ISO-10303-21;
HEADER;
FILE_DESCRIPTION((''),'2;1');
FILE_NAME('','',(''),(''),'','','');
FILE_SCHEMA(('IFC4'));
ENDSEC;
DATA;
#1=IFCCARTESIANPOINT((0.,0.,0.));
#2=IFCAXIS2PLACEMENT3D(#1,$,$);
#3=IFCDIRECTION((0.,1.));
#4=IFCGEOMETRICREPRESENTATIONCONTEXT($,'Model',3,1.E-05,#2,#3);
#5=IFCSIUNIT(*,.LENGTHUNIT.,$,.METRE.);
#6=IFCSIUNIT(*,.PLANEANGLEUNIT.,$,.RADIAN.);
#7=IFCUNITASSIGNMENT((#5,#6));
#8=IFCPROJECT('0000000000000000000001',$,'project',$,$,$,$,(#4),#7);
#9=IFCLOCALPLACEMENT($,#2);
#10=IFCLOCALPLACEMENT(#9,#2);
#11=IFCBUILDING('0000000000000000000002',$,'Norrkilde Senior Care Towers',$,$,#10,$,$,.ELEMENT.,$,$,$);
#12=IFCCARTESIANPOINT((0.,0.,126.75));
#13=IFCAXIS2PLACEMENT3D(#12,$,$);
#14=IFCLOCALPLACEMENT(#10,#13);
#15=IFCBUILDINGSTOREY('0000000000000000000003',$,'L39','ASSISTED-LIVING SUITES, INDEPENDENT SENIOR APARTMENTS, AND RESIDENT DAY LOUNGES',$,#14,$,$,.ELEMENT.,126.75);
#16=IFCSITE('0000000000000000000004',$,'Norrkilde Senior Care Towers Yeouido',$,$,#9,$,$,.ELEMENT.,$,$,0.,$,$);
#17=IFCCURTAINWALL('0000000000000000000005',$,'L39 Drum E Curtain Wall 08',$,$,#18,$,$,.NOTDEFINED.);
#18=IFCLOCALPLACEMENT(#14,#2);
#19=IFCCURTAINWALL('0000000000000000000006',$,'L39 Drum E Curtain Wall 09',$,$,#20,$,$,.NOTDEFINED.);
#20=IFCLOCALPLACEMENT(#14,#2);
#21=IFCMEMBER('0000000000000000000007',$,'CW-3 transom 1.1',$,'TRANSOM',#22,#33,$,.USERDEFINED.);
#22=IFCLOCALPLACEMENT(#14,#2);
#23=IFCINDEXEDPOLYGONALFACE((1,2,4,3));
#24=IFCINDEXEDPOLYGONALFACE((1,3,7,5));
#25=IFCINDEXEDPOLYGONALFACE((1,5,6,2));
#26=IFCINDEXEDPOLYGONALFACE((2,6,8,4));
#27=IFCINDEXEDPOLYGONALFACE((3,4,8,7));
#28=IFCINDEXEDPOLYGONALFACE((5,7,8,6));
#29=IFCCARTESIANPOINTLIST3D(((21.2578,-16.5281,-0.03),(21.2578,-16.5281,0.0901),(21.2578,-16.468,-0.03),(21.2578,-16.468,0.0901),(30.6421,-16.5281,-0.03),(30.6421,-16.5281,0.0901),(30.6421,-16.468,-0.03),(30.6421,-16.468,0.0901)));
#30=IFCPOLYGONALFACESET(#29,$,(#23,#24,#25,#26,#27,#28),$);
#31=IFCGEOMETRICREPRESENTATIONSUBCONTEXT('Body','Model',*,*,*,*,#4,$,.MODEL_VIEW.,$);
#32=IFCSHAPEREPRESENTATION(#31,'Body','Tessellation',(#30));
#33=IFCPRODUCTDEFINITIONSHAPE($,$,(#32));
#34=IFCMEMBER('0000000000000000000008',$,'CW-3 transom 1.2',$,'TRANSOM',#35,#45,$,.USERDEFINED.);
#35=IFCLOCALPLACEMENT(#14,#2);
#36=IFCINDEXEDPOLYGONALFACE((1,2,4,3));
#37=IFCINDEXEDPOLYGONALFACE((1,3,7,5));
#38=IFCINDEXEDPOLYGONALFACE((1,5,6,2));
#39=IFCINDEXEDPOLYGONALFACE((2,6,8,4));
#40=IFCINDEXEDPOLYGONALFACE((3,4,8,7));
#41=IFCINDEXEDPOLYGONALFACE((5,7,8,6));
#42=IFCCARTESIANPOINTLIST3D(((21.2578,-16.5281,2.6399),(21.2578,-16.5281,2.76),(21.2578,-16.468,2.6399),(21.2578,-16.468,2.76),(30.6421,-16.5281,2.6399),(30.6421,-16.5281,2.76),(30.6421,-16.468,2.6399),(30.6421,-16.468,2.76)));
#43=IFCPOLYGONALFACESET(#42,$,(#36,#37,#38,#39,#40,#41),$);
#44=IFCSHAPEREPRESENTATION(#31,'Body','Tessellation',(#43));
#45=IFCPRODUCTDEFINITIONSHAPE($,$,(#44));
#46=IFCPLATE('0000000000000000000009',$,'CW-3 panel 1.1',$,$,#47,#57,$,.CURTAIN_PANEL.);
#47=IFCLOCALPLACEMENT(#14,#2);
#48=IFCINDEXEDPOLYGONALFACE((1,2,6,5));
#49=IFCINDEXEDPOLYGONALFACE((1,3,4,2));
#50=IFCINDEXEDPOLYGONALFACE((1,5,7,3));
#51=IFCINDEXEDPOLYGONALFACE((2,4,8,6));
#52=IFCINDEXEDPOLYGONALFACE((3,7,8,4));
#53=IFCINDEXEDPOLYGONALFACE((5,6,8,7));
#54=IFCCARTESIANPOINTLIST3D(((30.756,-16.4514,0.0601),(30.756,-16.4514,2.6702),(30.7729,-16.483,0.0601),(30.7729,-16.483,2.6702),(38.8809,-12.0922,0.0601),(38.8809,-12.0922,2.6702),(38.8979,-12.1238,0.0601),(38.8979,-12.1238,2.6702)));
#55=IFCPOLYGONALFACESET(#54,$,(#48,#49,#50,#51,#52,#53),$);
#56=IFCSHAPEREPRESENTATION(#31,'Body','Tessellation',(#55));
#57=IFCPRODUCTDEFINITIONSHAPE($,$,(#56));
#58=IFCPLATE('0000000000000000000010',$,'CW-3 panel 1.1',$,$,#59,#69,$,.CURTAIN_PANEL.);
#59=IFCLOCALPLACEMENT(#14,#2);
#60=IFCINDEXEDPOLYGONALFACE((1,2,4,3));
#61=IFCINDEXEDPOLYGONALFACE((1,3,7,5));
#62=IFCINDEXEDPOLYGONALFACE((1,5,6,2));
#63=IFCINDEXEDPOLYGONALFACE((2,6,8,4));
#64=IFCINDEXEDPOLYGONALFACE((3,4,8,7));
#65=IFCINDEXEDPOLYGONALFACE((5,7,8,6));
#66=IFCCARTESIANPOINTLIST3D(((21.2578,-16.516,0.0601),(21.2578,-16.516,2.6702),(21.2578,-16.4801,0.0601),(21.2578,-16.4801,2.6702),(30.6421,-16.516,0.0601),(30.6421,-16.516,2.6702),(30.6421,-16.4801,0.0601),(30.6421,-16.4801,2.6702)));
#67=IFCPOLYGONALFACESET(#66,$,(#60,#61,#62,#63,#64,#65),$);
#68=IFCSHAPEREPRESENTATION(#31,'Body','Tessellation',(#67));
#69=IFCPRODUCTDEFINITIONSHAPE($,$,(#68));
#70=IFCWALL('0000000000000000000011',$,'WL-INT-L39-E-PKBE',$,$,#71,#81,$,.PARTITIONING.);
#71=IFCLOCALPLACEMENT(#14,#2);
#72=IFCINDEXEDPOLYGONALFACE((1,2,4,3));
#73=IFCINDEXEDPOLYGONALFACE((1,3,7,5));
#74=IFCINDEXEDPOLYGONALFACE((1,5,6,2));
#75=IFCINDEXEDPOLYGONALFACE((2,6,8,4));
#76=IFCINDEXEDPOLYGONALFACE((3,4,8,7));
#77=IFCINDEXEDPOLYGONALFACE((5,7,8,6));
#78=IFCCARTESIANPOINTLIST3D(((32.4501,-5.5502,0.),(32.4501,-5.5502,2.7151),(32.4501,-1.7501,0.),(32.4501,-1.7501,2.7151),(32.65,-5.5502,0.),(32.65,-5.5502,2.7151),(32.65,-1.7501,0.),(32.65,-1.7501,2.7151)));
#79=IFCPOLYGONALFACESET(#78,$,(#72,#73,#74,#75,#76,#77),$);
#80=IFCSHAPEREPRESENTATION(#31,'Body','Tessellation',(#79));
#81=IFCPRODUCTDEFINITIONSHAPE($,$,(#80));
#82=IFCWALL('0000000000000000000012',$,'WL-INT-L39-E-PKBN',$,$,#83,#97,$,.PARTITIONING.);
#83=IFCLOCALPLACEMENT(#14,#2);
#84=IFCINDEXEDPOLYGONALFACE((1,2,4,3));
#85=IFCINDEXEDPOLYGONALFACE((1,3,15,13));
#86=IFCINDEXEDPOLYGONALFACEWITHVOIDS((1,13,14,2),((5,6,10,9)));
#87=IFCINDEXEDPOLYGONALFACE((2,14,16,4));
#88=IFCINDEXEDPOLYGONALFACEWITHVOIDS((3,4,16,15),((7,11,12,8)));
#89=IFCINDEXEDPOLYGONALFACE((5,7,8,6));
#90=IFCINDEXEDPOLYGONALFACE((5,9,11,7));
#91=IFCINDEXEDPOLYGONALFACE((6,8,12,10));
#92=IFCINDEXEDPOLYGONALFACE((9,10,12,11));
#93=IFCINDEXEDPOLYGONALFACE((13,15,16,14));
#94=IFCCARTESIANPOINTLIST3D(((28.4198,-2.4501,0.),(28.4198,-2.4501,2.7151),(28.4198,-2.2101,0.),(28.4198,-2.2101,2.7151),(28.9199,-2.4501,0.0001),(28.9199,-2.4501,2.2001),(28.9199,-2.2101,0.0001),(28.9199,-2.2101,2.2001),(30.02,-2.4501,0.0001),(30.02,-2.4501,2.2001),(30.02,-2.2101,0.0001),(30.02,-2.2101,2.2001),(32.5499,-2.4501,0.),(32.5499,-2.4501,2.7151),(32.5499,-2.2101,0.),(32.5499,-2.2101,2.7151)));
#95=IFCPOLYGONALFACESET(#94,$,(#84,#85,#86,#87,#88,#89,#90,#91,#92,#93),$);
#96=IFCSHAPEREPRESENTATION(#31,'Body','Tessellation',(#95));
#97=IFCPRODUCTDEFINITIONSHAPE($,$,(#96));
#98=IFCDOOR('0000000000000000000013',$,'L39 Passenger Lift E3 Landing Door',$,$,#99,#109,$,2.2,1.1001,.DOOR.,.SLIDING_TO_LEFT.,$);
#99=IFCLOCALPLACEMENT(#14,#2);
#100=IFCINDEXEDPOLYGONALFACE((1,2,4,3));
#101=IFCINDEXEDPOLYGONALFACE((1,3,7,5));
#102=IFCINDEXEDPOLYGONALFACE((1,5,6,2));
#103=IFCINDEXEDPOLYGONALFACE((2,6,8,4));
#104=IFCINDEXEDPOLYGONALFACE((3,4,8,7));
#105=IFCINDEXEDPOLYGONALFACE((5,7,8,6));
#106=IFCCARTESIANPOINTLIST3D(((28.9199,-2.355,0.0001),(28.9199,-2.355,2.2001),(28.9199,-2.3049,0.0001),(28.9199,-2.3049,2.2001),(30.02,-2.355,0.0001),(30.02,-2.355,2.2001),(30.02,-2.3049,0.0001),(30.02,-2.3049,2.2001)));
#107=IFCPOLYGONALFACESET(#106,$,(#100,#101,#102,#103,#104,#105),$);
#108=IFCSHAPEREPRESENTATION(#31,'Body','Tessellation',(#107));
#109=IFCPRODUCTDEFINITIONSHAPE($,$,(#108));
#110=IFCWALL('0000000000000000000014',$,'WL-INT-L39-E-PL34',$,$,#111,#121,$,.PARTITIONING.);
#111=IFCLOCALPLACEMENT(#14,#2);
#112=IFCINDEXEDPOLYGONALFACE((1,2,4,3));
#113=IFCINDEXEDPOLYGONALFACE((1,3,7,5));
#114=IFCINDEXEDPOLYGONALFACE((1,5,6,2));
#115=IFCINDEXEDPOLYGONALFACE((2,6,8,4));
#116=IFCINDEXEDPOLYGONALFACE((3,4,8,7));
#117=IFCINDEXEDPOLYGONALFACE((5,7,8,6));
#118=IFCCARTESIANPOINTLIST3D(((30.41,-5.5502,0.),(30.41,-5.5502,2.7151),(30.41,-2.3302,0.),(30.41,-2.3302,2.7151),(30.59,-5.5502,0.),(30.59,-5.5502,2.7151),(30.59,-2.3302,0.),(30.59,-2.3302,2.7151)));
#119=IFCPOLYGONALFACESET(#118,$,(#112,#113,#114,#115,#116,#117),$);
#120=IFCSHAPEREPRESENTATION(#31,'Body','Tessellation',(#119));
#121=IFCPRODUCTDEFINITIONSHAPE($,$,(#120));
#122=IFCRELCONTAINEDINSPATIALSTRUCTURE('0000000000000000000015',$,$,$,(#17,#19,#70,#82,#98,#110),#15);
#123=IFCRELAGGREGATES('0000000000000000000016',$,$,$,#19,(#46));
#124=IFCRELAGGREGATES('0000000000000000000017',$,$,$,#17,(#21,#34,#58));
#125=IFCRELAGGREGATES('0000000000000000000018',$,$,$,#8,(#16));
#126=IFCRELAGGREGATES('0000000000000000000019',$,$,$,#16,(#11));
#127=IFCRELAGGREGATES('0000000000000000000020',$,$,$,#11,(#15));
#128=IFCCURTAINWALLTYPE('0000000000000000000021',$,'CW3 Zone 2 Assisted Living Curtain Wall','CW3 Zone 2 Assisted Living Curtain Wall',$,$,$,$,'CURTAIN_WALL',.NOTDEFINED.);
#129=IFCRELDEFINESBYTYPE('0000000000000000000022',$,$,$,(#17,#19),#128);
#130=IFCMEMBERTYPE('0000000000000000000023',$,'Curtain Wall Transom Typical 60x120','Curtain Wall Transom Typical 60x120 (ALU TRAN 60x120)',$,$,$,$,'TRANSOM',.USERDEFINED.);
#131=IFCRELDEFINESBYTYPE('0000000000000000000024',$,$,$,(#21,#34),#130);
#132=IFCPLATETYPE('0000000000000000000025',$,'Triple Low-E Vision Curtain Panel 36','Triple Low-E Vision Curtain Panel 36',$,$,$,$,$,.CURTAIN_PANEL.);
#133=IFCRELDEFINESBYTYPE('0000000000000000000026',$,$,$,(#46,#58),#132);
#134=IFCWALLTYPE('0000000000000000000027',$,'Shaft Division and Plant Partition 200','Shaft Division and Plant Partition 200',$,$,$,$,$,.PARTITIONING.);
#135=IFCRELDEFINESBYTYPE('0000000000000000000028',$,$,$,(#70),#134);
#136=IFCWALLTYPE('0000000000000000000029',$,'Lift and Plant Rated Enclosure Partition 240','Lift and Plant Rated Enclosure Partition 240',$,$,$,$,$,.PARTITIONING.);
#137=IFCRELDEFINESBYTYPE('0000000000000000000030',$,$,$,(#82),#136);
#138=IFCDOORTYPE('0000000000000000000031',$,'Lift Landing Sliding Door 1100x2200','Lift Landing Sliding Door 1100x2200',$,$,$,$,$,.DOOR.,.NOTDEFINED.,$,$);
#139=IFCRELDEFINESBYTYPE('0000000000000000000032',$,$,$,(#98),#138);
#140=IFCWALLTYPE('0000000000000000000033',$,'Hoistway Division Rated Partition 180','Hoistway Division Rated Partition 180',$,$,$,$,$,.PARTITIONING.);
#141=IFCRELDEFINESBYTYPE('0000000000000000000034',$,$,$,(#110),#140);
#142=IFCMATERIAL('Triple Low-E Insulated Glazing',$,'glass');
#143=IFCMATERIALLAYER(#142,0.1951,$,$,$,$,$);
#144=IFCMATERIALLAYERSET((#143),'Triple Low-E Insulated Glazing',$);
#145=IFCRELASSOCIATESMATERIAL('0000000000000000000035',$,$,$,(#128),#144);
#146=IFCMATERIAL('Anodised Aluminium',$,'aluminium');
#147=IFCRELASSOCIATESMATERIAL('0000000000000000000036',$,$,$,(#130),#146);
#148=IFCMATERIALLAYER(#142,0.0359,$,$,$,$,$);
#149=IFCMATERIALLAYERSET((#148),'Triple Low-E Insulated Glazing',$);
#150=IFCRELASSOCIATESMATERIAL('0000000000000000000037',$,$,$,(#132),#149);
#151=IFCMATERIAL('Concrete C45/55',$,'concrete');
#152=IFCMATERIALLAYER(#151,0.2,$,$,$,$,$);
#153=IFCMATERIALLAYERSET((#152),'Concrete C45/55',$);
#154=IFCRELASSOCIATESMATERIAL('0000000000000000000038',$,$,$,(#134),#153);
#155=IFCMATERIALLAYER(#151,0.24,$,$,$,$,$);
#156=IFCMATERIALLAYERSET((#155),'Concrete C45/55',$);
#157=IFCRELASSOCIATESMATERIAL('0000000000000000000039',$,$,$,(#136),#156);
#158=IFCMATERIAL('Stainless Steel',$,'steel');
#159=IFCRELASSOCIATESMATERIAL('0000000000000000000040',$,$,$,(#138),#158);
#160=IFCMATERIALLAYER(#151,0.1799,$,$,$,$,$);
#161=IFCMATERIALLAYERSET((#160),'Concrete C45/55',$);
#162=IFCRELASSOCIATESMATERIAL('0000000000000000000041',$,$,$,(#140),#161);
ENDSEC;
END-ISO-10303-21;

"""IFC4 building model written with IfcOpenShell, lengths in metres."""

from ifc_helpers import new_model, si_unit, direction, frame, frame_2d, origin, origin_2d, place, context, subcontext, project, spatial, rectangle, extrude, source, transform, mapped, material, layer, layer_set, material_profile, profile_set, type_object, type_shapes, element, fill, aggregate, save


model = new_model("IFC4")

# Units and contexts
model_context = context("Model", 3, precision=1e-05, world=origin(), true_north=direction((0.0, 1.0)))
body_context = subcontext(model_context, "Body", "Model", "MODEL_VIEW")
ifc_project = project(units=[si_unit("LENGTHUNIT", "METRE"), si_unit("PLANEANGLEUNIT", "RADIAN")], contexts=[model_context])

# Site, building, storey
site_placement = place(None, origin())
site = spatial("IfcSite", under=ifc_project, at=site_placement, Name="Norrkilde Senior Care Towers Yeouido", CompositionType="ELEMENT", RefElevation=0.0)
building_placement = place(site_placement, origin())
building = spatial("IfcBuilding", under=site, at=building_placement, Name="Norrkilde Senior Care Towers", CompositionType="ELEMENT")
storey_placement = place(building_placement, frame((0.0, 0.0, 126.75)))
storey = spatial("IfcBuildingStorey", under=building, at=storey_placement, Name="L39", Description="ASSISTED-LIVING SUITES, INDEPENDENT SENIOR APARTMENTS, AND RESIDENT DAY LOUNGES", CompositionType="ELEMENT", Elevation=126.75)

# Curtain walls
ifc_material_1 = material(Name="Triple Low-E Insulated Glazing", Category="glass")
ifc_layer_1 = layer(ifc_material_1, 0.1951)
ifc_layer_set_1 = layer_set([ifc_layer_1], Name="Triple Low-E Insulated Glazing")
curtain_wall_type = type_object("IfcCurtainWallType", Name="CW3 Zone 2 Assisted Living Curtain Wall", Description="CW3 Zone 2 Assisted Living Curtain Wall", ElementType="CURTAIN_WALL", PredefinedType="NOTDEFINED", material=ifc_layer_set_1)
curtain_wall_1_placement = place(storey_placement, origin())
curtain_wall_1 = element("IfcCurtainWall", 1, at=curtain_wall_1_placement, inside=storey, type_object=curtain_wall_type, Name="L39 Drum E Curtain Wall 08", PredefinedType="NOTDEFINED")
ifc_material_2 = material(Name="Anodised Aluminium", Category="aluminium")
curtain_wall_2_placement = place(storey_placement, origin())
curtain_wall_2 = element("IfcCurtainWall", 2, at=curtain_wall_2_placement, inside=storey, type_object=curtain_wall_type, Name="L39 Drum E Curtain Wall 09", PredefinedType="NOTDEFINED")

# Members
ifc_material_profile_1 = material_profile(ifc_material_2, rectangle(XDim=0.0601, YDim=0.1201, at=origin_2d()), Name="ALU TRAN 60x120")
ifc_profile_set_1 = profile_set([ifc_material_profile_1], Name="Anodised Aluminium")
member_type_1 = type_object("IfcMemberType", Name="Curtain Wall Transom Typical 60x120", Description="Curtain Wall Transom Typical 60x120 (ALU TRAN 60x120)", ElementType="TRANSOM", PredefinedType="USERDEFINED", material=ifc_profile_set_1)
shared_shape_1 = source(origin(), body_context, "Body", "SweptSolid", [
    extrude(rectangle(XDim=0.0601, YDim=0.1201, at=origin_2d()), origin(), (0.0, 0.0, 1.0), 9.3843),
])
type_shapes(member_type_1, [shared_shape_1])
member_1_placement = place(storey_placement, frame((30.6421, -16.498, 0.03), z_axis=(-1.0, 0.0, 0.0), x_axis=(0.0, -1.0, 0.0)))
member_1 = element("IfcMember", 3, at=member_1_placement, type_object=member_type_1, Name="CW-3 transom 1.1", ObjectType="TRANSOM", PredefinedType="USERDEFINED", context=body_context, shape_type="MappedRepresentation", body=[
    mapped(shared_shape_1, transform((0.0, 0.0, 0.0), x_axis=(1.0, 0.0, 0.0), y_axis=(0.0, 1.0, 0.0), z_axis=(0.0, 0.0, 1.0), scale=1.0)),
])
member_2_placement = place(storey_placement, frame((30.6421, -16.498, 2.7), z_axis=(-1.0, 0.0, 0.0), x_axis=(0.0, -1.0, 0.0)))
member_2 = element("IfcMember", 4, at=member_2_placement, type_object=member_type_1, Name="CW-3 transom 1.2", ObjectType="TRANSOM", PredefinedType="USERDEFINED", context=body_context, shape_type="MappedRepresentation", body=[
    mapped(shared_shape_1, transform((0.0, 0.0, 0.0), x_axis=(1.0, 0.0, 0.0), y_axis=(0.0, 1.0, 0.0), z_axis=(0.0, 0.0, 1.0), scale=1.0)),
])

# Plates
ifc_layer_2 = layer(ifc_material_1, 0.0359)
ifc_layer_set_2 = layer_set([ifc_layer_2], Name="Triple Low-E Insulated Glazing")
plate_type = type_object("IfcPlateType", Name="Triple Low-E Vision Curtain Panel 36", Description="Triple Low-E Vision Curtain Panel 36", PredefinedType="CURTAIN_PANEL", material=ifc_layer_set_2)
shared_shape_2 = source(origin(), body_context, "Body", "SweptSolid", [
    extrude(rectangle(XDim=9.2205, YDim=0.0359, at=origin_2d()), origin(), (0.0, 0.0, 1.0), 2.6101),
])
plate_1_placement = place(storey_placement, frame((34.8269, -14.2876, 0.0601), z_axis=(0.0, 0.0, 1.0), x_axis=(-0.881186, -0.472769, 0.0)))
plate_1 = element("IfcPlate", 5, at=plate_1_placement, type_object=plate_type, Name="CW-3 panel 1.1", PredefinedType="CURTAIN_PANEL", context=body_context, shape_type="MappedRepresentation", body=[
    mapped(shared_shape_2, transform((0.0, 0.0, 0.0), x_axis=(1.0, 0.0, 0.0), y_axis=(0.0, 1.0, 0.0), z_axis=(0.0, 0.0, 1.0), scale=1.0)),
])
aggregate(curtain_wall_2, [plate_1])
shared_shape_3 = source(origin(), body_context, "Body", "SweptSolid", [
    extrude(rectangle(XDim=9.3843, YDim=0.0359, at=origin_2d()), origin(), (0.0, 0.0, 1.0), 2.6101),
])
type_shapes(plate_type, [shared_shape_2, shared_shape_3])
plate_2_placement = place(storey_placement, frame((25.95, -16.498, 0.0601), z_axis=(0.0, 0.0, 1.0), x_axis=(-1.0, 0.0, 0.0)))
plate_2 = element("IfcPlate", 6, at=plate_2_placement, type_object=plate_type, Name="CW-3 panel 1.1", PredefinedType="CURTAIN_PANEL", context=body_context, shape_type="MappedRepresentation", body=[
    mapped(shared_shape_3, transform((0.0, 0.0, 0.0), x_axis=(1.0, 0.0, 0.0), y_axis=(0.0, 1.0, 0.0), z_axis=(0.0, 0.0, 1.0), scale=1.0)),
])
aggregate(curtain_wall_1, [member_1, member_2, plate_2])

# Wall
ifc_material_3 = material(Name="Concrete C45/55", Category="concrete")
ifc_layer_3 = layer(ifc_material_3, 0.2)
ifc_layer_set_3 = layer_set([ifc_layer_3], Name="Concrete C45/55")
wall_type_1 = type_object("IfcWallType", Name="Shaft Division and Plant Partition 200", Description="Shaft Division and Plant Partition 200", PredefinedType="PARTITIONING", material=ifc_layer_set_3)
shared_shape_4 = source(origin(), body_context, "Body", "SweptSolid", [
    extrude(rectangle(XDim=3.8, YDim=0.2, at=frame_2d((1.8999, 0.0))), origin(), (0.0, 0.0, 1.0), 2.7151),
])
type_shapes(wall_type_1, [shared_shape_4])
wall_1_placement = place(storey_placement, frame((32.55, -5.55, 0.0), z_axis=(0.0, 0.0, 1.0), x_axis=(0.0, 1.0, 0.0)))
element("IfcWall", 7, at=wall_1_placement, inside=storey, type_object=wall_type_1, Name="WL-INT-L39-E-PKBE", PredefinedType="PARTITIONING", context=body_context, shape_type="MappedRepresentation", body=[
    mapped(shared_shape_4, transform((0.0, 0.0, 0.0), x_axis=(1.0, 0.0, 0.0), y_axis=(0.0, 1.0, 0.0), z_axis=(0.0, 0.0, 1.0), scale=1.0)),
])

# Wall, opening, door
ifc_layer_4 = layer(ifc_material_3, 0.24)
ifc_layer_set_4 = layer_set([ifc_layer_4], Name="Concrete C45/55")
wall_type_2 = type_object("IfcWallType", Name="Lift and Plant Rated Enclosure Partition 240", Description="Lift and Plant Rated Enclosure Partition 240", PredefinedType="PARTITIONING", material=ifc_layer_set_4)
shared_shape_5 = source(origin(), body_context, "Body", "SweptSolid", [
    extrude(rectangle(XDim=4.1301, YDim=0.24, at=frame_2d((2.0649, 0.0))), origin(), (0.0, 0.0, 1.0), 2.7151),
])
type_shapes(wall_type_2, [shared_shape_5])
wall_2_placement = place(storey_placement, frame((28.4199, -2.3301, 0.0), z_axis=(0.0, 0.0, 1.0), x_axis=(1.0, 0.0, 0.0)))
wall_2 = element("IfcWall", 8, at=wall_2_placement, inside=storey, type_object=wall_type_2, Name="WL-INT-L39-E-PKBN", PredefinedType="PARTITIONING", context=body_context, shape_type="MappedRepresentation", body=[
    mapped(shared_shape_5, transform((0.0, 0.0, 0.0), x_axis=(1.0, 0.0, 0.0), y_axis=(0.0, 1.0, 0.0), z_axis=(0.0, 0.0, 1.0), scale=1.0)),
])
opening_1_placement = place(wall_2_placement, frame((0.5, 0.0, 0.0)))
opening_1 = element("IfcOpeningElement", 9, at=opening_1_placement, cuts=wall_2, PredefinedType="OPENING", context=body_context, shape_type="SweptSolid", body=[
    extrude(rectangle(XDim=1.1001, YDim=2.2, at=frame_2d((0.55, 1.1001))), frame((0.0, 0.1299, 0.0), z_axis=(0.0, -1.0, 0.0), x_axis=(1.0, 0.0, 0.0)), (0.0, 0.0, 1.0), 0.26),
])
ifc_material_4 = material(Name="Stainless Steel", Category="steel")
door_type_1 = type_object("IfcDoorType", Name="Lift Landing Sliding Door 1100x2200", Description="Lift Landing Sliding Door 1100x2200", OperationType="NOTDEFINED", PredefinedType="DOOR", material=ifc_material_4)
shared_shape_6 = source(origin(), body_context, "Body", "SweptSolid", [
    extrude(rectangle(XDim=1.1001, YDim=2.2, at=frame_2d((0.55, 1.1001))), frame((0.0, 0.0249, 0.0), z_axis=(0.0, -1.0, 0.0), x_axis=(1.0, 0.0, 0.0)), (0.0, 0.0, 1.0), 0.05),
])
type_shapes(door_type_1, [shared_shape_6])
door_1_placement = place(opening_1_placement, frame((1.1001, 0.0, 0.0), z_axis=(0.0, 0.0, 1.0), x_axis=(-1.0, 0.0, 0.0)))
door_1 = element("IfcDoor", 10, at=door_1_placement, inside=storey, type_object=door_type_1, Name="L39 Passenger Lift E3 Landing Door", OperationType="SLIDING_TO_LEFT", OverallHeight=2.2, OverallWidth=1.1001, PredefinedType="DOOR", context=body_context, shape_type="MappedRepresentation", body=[
    mapped(shared_shape_6, transform((0.0, 0.0, 0.0), x_axis=(1.0, 0.0, 0.0), y_axis=(0.0, 1.0, 0.0), z_axis=(0.0, 0.0, 1.0), scale=1.0)),
])
fill(opening_1, door_1)

# Wall
ifc_layer_5 = layer(ifc_material_3, 0.1799)
ifc_layer_set_5 = layer_set([ifc_layer_5], Name="Concrete C45/55")
wall_type_3 = type_object("IfcWallType", Name="Hoistway Division Rated Partition 180", Description="Hoistway Division Rated Partition 180", PredefinedType="PARTITIONING", material=ifc_layer_set_5)
shared_shape_7 = source(origin(), body_context, "Body", "SweptSolid", [
    extrude(rectangle(XDim=3.22, YDim=0.1799, at=frame_2d((1.6099, 0.0))), origin(), (0.0, 0.0, 1.0), 2.7151),
])
type_shapes(wall_type_3, [shared_shape_7])
wall_3_placement = place(storey_placement, frame((30.5, -5.55, 0.0), z_axis=(0.0, 0.0, 1.0), x_axis=(0.0, 1.0, 0.0)))
element("IfcWall", 11, at=wall_3_placement, inside=storey, type_object=wall_type_3, Name="WL-INT-L39-E-PL34", PredefinedType="PARTITIONING", context=body_context, shape_type="MappedRepresentation", body=[
    mapped(shared_shape_7, transform((0.0, 0.0, 0.0), x_axis=(1.0, 0.0, 0.0), y_axis=(0.0, 1.0, 0.0), z_axis=(0.0, 0.0, 1.0), scale=1.0)),
])

save(model, "model.ifc")
